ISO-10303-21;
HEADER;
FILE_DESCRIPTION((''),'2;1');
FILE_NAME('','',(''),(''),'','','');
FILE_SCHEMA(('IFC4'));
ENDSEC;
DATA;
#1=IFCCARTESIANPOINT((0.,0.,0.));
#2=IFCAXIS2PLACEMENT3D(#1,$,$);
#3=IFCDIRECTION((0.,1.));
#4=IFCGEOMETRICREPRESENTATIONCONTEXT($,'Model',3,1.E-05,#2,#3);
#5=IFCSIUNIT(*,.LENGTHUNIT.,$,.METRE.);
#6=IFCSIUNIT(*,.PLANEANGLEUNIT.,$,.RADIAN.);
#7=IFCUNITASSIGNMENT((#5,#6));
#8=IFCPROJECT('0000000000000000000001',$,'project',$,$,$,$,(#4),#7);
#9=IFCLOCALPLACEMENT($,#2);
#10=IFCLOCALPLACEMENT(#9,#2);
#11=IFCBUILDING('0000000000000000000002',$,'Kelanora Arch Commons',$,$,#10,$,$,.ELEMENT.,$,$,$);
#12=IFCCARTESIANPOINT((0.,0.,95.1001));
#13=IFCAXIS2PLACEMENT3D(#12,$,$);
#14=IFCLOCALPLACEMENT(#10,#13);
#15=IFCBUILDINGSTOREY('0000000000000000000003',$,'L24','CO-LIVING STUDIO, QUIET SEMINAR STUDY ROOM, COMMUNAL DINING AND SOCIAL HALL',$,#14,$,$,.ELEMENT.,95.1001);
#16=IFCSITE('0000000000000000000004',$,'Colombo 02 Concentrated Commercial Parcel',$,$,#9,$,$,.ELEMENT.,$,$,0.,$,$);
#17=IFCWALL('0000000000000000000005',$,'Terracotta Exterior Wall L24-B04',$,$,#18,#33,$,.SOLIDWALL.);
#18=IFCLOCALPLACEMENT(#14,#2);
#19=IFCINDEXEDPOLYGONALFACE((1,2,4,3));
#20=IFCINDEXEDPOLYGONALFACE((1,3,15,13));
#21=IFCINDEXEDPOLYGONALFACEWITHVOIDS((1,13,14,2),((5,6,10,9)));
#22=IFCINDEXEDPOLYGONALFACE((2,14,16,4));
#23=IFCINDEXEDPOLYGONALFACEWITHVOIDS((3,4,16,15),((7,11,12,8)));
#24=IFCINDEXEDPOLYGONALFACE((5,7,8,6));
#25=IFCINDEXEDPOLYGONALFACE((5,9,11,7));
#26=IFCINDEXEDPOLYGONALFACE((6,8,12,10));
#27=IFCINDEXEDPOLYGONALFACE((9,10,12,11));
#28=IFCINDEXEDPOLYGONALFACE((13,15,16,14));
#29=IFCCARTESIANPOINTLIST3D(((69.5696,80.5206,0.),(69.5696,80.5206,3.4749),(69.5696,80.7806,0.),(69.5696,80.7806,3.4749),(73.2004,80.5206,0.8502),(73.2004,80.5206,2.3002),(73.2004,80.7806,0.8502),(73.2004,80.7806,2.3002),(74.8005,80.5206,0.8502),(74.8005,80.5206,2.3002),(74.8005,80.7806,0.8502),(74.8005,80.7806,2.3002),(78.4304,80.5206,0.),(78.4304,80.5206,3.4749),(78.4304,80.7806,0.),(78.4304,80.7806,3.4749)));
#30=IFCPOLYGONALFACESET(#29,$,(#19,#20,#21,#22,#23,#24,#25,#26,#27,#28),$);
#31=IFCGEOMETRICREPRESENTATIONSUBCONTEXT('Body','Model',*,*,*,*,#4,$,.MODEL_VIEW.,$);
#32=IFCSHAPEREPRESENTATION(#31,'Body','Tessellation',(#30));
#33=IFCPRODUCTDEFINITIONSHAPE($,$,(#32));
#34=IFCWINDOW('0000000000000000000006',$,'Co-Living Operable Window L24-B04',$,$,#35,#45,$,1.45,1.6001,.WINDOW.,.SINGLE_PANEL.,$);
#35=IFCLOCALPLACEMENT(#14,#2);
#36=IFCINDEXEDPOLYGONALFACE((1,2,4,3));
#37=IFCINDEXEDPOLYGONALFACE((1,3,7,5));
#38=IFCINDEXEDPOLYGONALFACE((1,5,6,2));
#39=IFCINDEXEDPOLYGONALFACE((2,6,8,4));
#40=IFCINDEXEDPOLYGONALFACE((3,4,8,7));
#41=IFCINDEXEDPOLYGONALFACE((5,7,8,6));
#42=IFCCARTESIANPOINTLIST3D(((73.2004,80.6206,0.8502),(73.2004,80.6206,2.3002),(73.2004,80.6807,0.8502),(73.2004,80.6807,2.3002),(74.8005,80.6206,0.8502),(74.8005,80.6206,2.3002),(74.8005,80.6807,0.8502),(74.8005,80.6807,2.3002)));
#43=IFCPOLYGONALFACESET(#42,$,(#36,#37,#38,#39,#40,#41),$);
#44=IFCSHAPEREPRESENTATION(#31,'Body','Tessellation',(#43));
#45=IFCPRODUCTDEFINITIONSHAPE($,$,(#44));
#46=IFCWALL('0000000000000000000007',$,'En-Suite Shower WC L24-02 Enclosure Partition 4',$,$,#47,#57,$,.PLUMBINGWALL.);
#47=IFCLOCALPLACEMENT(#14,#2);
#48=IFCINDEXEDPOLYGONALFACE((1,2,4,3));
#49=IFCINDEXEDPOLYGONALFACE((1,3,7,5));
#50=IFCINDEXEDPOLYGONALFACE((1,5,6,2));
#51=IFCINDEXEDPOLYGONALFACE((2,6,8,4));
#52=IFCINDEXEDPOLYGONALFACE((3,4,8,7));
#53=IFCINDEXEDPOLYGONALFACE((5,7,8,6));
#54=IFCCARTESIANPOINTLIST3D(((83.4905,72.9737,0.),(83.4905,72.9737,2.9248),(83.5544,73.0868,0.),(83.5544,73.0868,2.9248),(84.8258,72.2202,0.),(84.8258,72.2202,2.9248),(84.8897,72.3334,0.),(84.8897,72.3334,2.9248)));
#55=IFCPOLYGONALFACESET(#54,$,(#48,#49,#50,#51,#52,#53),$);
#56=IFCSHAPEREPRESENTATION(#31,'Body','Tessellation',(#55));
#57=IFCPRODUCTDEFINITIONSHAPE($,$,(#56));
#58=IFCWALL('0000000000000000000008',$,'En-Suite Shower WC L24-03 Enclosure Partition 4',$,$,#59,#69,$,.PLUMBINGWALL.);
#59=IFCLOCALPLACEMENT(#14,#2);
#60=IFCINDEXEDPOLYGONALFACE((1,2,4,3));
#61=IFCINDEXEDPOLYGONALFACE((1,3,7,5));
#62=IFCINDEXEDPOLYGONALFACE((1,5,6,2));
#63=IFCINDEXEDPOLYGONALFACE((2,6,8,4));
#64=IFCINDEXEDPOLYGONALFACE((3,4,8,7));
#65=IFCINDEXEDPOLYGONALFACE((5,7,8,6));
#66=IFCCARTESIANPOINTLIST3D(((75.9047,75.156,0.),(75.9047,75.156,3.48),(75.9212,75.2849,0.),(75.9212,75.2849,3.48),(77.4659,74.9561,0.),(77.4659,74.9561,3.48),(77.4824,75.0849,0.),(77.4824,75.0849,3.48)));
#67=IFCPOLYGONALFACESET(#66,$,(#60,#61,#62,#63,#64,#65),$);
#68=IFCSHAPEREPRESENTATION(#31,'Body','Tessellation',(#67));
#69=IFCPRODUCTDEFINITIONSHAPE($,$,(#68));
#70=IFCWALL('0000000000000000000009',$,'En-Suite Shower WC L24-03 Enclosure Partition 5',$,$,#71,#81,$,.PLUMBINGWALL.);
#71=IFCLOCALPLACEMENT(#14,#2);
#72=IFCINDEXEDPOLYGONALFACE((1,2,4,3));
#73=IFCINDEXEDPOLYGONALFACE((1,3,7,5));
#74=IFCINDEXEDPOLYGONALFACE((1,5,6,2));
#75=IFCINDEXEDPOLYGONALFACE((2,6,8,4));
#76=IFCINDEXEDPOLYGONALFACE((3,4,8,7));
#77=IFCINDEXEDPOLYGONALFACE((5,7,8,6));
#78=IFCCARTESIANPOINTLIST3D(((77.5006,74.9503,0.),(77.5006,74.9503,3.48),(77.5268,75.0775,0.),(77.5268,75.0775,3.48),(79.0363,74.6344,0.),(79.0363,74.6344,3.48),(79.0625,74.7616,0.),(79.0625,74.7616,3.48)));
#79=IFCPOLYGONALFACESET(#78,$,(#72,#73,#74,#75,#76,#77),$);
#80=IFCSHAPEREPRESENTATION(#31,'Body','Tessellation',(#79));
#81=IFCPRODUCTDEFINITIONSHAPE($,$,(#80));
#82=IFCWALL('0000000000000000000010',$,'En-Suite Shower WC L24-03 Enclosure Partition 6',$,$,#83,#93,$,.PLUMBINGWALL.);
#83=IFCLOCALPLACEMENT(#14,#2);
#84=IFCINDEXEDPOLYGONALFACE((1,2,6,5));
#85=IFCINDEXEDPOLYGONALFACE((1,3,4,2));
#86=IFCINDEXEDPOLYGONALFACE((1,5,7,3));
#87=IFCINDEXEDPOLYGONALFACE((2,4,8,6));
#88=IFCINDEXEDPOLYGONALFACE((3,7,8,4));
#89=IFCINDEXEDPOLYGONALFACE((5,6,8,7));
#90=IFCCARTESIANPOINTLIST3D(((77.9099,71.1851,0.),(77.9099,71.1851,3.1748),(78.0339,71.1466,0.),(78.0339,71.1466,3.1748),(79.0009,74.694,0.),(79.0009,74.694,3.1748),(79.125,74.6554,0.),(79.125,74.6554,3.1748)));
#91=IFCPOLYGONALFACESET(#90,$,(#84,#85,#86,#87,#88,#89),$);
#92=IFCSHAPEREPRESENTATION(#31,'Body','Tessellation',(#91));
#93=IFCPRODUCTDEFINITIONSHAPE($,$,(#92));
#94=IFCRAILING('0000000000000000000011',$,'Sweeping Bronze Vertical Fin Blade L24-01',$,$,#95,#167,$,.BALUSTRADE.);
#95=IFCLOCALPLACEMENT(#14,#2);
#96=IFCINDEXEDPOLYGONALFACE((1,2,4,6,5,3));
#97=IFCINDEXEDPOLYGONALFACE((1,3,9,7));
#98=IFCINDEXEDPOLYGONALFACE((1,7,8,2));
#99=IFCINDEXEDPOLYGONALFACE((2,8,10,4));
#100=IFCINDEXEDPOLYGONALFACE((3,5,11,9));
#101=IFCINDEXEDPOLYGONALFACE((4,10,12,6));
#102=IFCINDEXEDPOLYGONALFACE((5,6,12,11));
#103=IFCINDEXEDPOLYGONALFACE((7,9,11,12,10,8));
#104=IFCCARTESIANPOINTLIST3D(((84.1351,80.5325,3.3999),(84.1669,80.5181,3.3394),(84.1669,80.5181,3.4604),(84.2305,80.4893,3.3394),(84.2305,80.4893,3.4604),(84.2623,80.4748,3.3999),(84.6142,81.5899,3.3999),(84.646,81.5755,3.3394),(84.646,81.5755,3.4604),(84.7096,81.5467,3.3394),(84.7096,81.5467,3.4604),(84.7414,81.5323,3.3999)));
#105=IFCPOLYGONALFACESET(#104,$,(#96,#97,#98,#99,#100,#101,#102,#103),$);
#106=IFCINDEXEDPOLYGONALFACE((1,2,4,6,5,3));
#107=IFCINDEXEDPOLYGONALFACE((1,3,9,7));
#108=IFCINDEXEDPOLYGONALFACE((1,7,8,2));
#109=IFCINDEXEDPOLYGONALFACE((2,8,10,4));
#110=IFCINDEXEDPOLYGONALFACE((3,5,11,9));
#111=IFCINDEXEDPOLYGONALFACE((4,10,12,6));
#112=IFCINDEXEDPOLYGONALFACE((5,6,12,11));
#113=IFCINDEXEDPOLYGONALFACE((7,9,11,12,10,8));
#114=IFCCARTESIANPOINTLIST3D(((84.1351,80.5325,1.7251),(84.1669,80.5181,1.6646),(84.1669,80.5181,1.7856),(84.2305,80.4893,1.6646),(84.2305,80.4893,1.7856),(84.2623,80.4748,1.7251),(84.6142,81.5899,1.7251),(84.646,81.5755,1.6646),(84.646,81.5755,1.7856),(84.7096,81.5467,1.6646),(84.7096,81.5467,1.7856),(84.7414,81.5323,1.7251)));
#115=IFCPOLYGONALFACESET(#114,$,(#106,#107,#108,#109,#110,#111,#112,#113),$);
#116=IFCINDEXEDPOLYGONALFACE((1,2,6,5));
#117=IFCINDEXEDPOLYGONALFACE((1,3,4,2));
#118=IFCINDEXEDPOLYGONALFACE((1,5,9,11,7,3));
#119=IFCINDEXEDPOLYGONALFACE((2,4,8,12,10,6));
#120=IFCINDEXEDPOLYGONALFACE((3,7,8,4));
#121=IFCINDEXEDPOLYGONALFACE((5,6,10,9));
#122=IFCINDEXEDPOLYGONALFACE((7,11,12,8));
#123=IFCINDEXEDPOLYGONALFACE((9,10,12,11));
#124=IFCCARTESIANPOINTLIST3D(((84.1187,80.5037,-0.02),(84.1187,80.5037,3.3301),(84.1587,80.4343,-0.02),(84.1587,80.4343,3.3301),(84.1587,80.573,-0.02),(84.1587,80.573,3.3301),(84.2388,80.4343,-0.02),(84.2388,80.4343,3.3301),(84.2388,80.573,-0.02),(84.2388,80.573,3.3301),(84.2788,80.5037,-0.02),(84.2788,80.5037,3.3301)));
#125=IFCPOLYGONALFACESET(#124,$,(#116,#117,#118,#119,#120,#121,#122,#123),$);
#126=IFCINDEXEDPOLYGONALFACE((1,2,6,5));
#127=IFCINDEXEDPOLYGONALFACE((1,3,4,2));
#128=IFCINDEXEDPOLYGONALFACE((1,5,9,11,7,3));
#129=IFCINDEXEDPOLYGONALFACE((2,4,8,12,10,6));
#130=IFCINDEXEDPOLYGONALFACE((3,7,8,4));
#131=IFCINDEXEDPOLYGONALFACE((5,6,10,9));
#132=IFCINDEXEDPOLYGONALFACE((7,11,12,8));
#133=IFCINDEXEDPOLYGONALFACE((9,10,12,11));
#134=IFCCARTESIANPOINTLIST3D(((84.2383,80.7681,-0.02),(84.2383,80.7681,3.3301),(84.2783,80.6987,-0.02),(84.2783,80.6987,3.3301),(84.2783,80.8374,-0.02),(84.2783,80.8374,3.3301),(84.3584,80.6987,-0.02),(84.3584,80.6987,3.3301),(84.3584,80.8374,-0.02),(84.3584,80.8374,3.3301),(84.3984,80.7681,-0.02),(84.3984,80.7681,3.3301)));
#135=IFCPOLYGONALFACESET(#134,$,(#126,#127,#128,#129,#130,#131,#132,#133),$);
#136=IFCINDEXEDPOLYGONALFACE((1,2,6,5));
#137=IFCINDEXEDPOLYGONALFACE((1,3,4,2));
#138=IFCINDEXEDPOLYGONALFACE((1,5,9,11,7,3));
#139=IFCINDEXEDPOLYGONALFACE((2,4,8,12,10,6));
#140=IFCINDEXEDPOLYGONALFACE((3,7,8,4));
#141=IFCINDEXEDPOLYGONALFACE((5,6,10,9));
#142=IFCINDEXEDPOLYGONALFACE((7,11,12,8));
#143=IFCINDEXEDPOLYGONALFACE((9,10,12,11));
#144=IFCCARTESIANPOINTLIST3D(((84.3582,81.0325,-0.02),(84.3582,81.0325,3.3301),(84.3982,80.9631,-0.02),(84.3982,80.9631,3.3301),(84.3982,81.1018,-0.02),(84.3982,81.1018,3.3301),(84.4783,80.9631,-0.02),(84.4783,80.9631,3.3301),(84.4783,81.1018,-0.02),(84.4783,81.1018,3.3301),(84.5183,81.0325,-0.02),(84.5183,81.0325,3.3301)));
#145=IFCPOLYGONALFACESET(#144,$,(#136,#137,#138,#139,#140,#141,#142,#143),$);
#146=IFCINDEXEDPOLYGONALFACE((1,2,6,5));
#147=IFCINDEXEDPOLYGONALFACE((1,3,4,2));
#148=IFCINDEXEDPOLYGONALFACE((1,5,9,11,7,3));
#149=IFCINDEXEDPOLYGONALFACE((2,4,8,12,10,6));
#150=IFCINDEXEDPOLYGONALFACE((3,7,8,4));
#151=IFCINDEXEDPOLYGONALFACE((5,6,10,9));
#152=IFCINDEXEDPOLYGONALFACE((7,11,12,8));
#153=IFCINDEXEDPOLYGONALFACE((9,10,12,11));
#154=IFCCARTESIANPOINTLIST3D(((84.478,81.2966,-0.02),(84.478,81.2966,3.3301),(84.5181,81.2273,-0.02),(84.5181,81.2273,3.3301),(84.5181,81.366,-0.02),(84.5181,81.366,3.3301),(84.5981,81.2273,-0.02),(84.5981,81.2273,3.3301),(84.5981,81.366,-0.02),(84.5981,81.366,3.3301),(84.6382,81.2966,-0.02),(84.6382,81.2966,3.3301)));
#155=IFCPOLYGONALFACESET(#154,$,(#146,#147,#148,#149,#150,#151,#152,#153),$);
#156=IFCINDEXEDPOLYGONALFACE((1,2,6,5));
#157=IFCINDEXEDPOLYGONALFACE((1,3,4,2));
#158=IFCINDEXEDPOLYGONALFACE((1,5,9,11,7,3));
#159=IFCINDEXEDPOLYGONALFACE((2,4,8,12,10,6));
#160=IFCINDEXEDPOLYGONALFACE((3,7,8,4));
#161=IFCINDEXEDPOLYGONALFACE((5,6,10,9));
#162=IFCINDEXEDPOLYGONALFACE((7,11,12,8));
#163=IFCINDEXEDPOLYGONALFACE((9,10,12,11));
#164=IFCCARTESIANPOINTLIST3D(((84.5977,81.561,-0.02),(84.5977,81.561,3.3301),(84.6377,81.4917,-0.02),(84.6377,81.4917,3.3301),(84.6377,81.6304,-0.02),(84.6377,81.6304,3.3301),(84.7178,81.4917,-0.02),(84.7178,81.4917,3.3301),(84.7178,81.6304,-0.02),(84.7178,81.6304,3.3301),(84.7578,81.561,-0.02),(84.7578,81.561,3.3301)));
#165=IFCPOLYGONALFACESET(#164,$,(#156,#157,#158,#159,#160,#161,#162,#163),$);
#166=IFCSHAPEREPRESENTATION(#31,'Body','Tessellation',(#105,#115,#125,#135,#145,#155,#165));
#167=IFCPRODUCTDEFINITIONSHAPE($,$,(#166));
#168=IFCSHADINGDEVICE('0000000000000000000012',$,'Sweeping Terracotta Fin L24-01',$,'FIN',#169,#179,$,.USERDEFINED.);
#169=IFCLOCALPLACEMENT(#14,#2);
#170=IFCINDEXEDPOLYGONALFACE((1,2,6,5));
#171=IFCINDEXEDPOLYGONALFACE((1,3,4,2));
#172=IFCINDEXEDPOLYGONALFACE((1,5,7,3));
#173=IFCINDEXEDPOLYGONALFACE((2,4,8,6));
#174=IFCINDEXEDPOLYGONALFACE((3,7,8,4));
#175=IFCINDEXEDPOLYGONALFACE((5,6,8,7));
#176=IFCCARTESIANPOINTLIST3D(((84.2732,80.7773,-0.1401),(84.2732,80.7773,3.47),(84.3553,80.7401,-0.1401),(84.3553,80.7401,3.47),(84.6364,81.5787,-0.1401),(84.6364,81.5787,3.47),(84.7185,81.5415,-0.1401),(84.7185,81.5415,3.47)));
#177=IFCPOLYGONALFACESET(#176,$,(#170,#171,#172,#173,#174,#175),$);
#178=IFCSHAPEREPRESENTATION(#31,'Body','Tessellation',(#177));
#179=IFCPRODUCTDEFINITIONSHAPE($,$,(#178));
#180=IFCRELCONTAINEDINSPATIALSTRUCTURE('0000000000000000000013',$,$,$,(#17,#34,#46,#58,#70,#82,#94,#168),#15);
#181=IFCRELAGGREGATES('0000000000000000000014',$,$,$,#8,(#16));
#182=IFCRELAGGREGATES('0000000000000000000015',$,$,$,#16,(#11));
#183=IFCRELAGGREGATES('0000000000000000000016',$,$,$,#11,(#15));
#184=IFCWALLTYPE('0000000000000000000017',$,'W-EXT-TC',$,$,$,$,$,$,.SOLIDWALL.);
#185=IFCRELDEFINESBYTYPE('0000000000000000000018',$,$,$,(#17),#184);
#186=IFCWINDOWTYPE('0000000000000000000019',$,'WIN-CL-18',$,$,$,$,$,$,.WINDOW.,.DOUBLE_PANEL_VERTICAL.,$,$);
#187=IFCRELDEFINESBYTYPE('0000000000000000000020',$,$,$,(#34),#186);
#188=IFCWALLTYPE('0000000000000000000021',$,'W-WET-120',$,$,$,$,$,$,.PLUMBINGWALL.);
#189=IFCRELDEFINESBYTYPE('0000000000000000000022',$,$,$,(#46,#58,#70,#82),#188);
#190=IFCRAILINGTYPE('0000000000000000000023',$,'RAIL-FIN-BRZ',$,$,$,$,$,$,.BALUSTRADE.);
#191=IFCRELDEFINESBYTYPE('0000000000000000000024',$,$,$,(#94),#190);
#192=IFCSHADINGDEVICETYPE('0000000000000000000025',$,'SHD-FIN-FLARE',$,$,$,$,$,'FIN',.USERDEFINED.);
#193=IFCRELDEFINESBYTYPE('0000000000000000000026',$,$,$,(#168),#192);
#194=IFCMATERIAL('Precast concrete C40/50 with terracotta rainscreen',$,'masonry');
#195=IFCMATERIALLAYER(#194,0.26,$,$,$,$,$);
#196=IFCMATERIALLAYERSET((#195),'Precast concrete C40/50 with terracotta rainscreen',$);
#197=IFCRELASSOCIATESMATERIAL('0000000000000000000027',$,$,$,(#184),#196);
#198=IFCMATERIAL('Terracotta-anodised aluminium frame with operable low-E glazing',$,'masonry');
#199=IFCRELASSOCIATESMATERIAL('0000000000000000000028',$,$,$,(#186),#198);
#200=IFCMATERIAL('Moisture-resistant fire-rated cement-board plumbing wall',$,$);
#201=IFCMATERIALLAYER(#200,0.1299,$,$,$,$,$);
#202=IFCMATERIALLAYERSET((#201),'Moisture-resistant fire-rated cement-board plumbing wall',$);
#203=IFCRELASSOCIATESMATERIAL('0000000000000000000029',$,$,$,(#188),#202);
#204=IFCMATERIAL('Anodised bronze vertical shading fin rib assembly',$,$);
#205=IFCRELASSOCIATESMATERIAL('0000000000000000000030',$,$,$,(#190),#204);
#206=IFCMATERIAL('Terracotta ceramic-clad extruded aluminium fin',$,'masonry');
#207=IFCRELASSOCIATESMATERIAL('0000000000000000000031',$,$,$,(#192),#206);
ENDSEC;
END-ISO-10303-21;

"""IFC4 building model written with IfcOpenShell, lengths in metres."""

from ifc_helpers import new_model, si_unit, direction, frame, frame_2d, origin, origin_2d, place, context, subcontext, project, spatial, polyline, rectangle, outline, extrude, source, transform, mapped, material, layer, layer_set, type_object, element, fill, save


model = new_model("IFC4")

# Units and contexts
model_context = context("Model", 3, precision=1e-05, world=origin(), true_north=direction((0.0, 1.0)))
body_context = subcontext(model_context, "Body", "Model", "MODEL_VIEW")
ifc_project = project(units=[si_unit("LENGTHUNIT", "METRE"), si_unit("PLANEANGLEUNIT", "RADIAN")], contexts=[model_context])

# Site, building, storey
site_placement = place(None, origin())
site = spatial("IfcSite", under=ifc_project, at=site_placement, Name="Colombo 02 Concentrated Commercial Parcel", CompositionType="ELEMENT", RefElevation=0.0)
building_placement = place(site_placement, origin())
building = spatial("IfcBuilding", under=site, at=building_placement, Name="Kelanora Arch Commons", CompositionType="ELEMENT")
storey_placement = place(building_placement, frame((0.0, 0.0, 95.1001)))
storey = spatial("IfcBuildingStorey", under=building, at=storey_placement, Name="L24", Description="CO-LIVING STUDIO, QUIET SEMINAR STUDY ROOM, COMMUNAL DINING AND SOCIAL HALL", CompositionType="ELEMENT", Elevation=95.1001)

# Wall, opening, window
ifc_material_1 = material(Name="Precast concrete C40/50 with terracotta rainscreen", Category="masonry")
ifc_layer_1 = layer(ifc_material_1, 0.26)
ifc_layer_set_1 = layer_set([ifc_layer_1], Name="Precast concrete C40/50 with terracotta rainscreen")
wall_type_1 = type_object("IfcWallType", Name="W-EXT-TC", PredefinedType="SOLIDWALL", material=ifc_layer_set_1)
wall_1_placement = place(storey_placement, frame((78.4304, 80.6506, 0.0), z_axis=(0.0, 0.0, 1.0), x_axis=(-1.0, 0.0, 0.0)))
wall_1 = element("IfcWall", 1, at=wall_1_placement, inside=storey, type_object=wall_type_1, Name="Terracotta Exterior Wall L24-B04", PredefinedType="SOLIDWALL", context=body_context, shape_type="SweptSolid", body=[
    extrude(rectangle(XDim=8.8608, YDim=0.26, at=frame_2d((4.4304, 0.0))), origin(), (0.0, 0.0, 1.0), 3.4749),
])
opening_placement = place(wall_1_placement, frame((3.6299, 0.0, 0.8501)))
opening = element("IfcOpeningElement", 2, at=opening_placement, cuts=wall_1, PredefinedType="OPENING", context=body_context, shape_type="SweptSolid", body=[
    extrude(rectangle(XDim=1.6001, YDim=1.45, at=frame_2d((0.8, 0.7251))), frame((0.0, 0.1401, 0.0), z_axis=(0.0, -1.0, 0.0), x_axis=(1.0, 0.0, 0.0)), (0.0, 0.0, 1.0), 0.28),
])
ifc_material_2 = material(Name="Terracotta-anodised aluminium frame with operable low-E glazing", Category="masonry")
window_type = type_object("IfcWindowType", Name="WIN-CL-18", PartitioningType="DOUBLE_PANEL_VERTICAL", PredefinedType="WINDOW", material=ifc_material_2)
window_placement = place(opening_placement, origin())
window = element("IfcWindow", 3, at=window_placement, inside=storey, type_object=window_type, Name="Co-Living Operable Window L24-B04", OverallHeight=1.45, OverallWidth=1.6001, PartitioningType="SINGLE_PANEL", PredefinedType="WINDOW", context=body_context, shape_type="SweptSolid", body=[
    extrude(rectangle(XDim=1.6001, YDim=1.45, at=frame_2d((0.8, 0.7251))), frame((0.0, 0.03, 0.0), z_axis=(0.0, -1.0, 0.0), x_axis=(1.0, 0.0, 0.0)), (0.0, 0.0, 1.0), 0.0601),
])
fill(opening, window)

# Walls
ifc_material_3 = material(Name="Moisture-resistant fire-rated cement-board plumbing wall")
ifc_layer_2 = layer(ifc_material_3, 0.1299)
ifc_layer_set_2 = layer_set([ifc_layer_2], Name="Moisture-resistant fire-rated cement-board plumbing wall")
wall_type_2 = type_object("IfcWallType", Name="W-WET-120", PredefinedType="PLUMBINGWALL", material=ifc_layer_set_2)
wall_2_placement = place(storey_placement, frame((83.5225, 73.0303, 0.0), z_axis=(0.0, 0.0, 1.0), x_axis=(0.870916, -0.491433, 0.0)))
element("IfcWall", 4, at=wall_2_placement, inside=storey, type_object=wall_type_2, Name="En-Suite Shower WC L24-02 Enclosure Partition 4", PredefinedType="PLUMBINGWALL", context=body_context, shape_type="SweptSolid", body=[
    extrude(rectangle(XDim=1.5332, YDim=0.1299, at=frame_2d((0.7666, 0.0))), origin(), (0.0, 0.0, 1.0), 2.9248),
])
wall_3_placement = place(storey_placement, frame((75.9128, 75.2205, 0.0), z_axis=(0.0, 0.0, 1.0), x_axis=(0.991899, -0.127031, 0.0)))
element("IfcWall", 5, at=wall_3_placement, inside=storey, type_object=wall_type_2, Name="En-Suite Shower WC L24-03 Enclosure Partition 4", PredefinedType="PLUMBINGWALL", context=body_context, shape_type="SweptSolid", body=[
    extrude(rectangle(XDim=1.574, YDim=0.1299, at=frame_2d((0.7871, 0.0))), origin(), (0.0, 0.0, 1.0), 3.48),
])
wall_4_placement = place(storey_placement, frame((77.5137, 75.0139, 0.0), z_axis=(0.0, 0.0, 1.0), x_axis=(0.979488, -0.201504, 0.0)))
element("IfcWall", 6, at=wall_4_placement, inside=storey, type_object=wall_type_2, Name="En-Suite Shower WC L24-03 Enclosure Partition 5", PredefinedType="PLUMBINGWALL", context=body_context, shape_type="SweptSolid", body=[
    extrude(rectangle(XDim=1.5679, YDim=0.1299, at=frame_2d((0.7839, 0.0))), origin(), (0.0, 0.0, 1.0), 3.48),
])
wall_5_placement = place(storey_placement, frame((79.063, 74.6748, 0.0), z_axis=(0.0, 0.0, 1.0), x_axis=(-0.296928, -0.9549, 0.0)))
element("IfcWall", 7, at=wall_5_placement, inside=storey, type_object=wall_type_2, Name="En-Suite Shower WC L24-03 Enclosure Partition 6", PredefinedType="PLUMBINGWALL", context=body_context, shape_type="SweptSolid", body=[
    extrude(rectangle(XDim=3.6746, YDim=0.1299, at=frame_2d((1.8374, 0.0))), origin(), (0.0, 0.0, 1.0), 3.1748),
])

# Railing
ifc_material_4 = material(Name="Anodised bronze vertical shading fin rib assembly")
railing_type = type_object("IfcRailingType", Name="RAIL-FIN-BRZ", PredefinedType="BALUSTRADE", material=ifc_material_4)
railing_placement = place(storey_placement, frame((84.1987, 80.5037, -0.02)))
element("IfcRailing", 8, at=railing_placement, inside=storey, type_object=railing_type, Name="Sweeping Bronze Vertical Fin Blade L24-01", PredefinedType="BALUSTRADE", context=body_context, shape_type="SweptSolid", body=[
    extrude(outline(polyline([(0.0698, 0.0), (0.0349, 0.0605), (-0.0349, 0.0605), (-0.0698, 0.0), (-0.0349, -0.0605), (0.0349, -0.0605), (0.0698, 0.0)])), frame((0.0, 0.0, 3.4199), z_axis=(0.412646, 0.910892, 0.0), x_axis=(-0.910892, 0.412646, 0.0)), (0.0, 0.0, 1.0), 1.1609),
    extrude(outline(polyline([(0.0698, 0.0), (0.0349, 0.0605), (-0.0349, 0.0605), (-0.0698, 0.0), (-0.0349, -0.0605), (0.0349, -0.0605), (0.0698, 0.0)])), frame((0.0, 0.0, 1.7451), z_axis=(0.412646, 0.910892, 0.0), x_axis=(-0.910892, 0.412646, 0.0)), (0.0, 0.0, 1.0), 1.1609),
    extrude(outline(polyline([(0.0801, 0.0), (0.04, 0.0693), (-0.04, 0.0693), (-0.0801, 0.0), (-0.04, -0.0693), (0.04, -0.0693), (0.0801, 0.0)])), origin(), (0.0, 0.0, 1.0), 3.3501),
    extrude(outline(polyline([(0.0801, 0.0), (0.04, 0.0693), (-0.04, 0.0693), (-0.0801, 0.0), (-0.04, -0.0693), (0.04, -0.0693), (0.0801, 0.0)])), frame((0.1196, 0.2644, 0.0)), (0.0, 0.0, 1.0), 3.3501),
    extrude(outline(polyline([(0.0801, 0.0), (0.04, 0.0693), (-0.04, 0.0693), (-0.0801, 0.0), (-0.04, -0.0693), (0.04, -0.0693), (0.0801, 0.0)])), frame((0.2395, 0.5288, 0.0)), (0.0, 0.0, 1.0), 3.3501),
    extrude(outline(polyline([(0.0801, 0.0), (0.04, 0.0693), (-0.04, 0.0693), (-0.0801, 0.0), (-0.04, -0.0693), (0.04, -0.0693), (0.0801, 0.0)])), frame((0.3594, 0.793, 0.0)), (0.0, 0.0, 1.0), 3.3501),
    extrude(outline(polyline([(0.0801, 0.0), (0.04, 0.0693), (-0.04, 0.0693), (-0.0801, 0.0), (-0.04, -0.0693), (0.04, -0.0693), (0.0801, 0.0)])), frame((0.479, 1.0574, 0.0)), (0.0, 0.0, 1.0), 3.3501),
])

# Shading device
ifc_material_5 = material(Name="Terracotta ceramic-clad extruded aluminium fin", Category="masonry")
shading_device_type = type_object("IfcShadingDeviceType", Name="SHD-FIN-FLARE", ElementType="FIN", PredefinedType="USERDEFINED", material=ifc_material_5)
shared_shape_1 = source(origin(), body_context, "Body", "SweptSolid", [
    extrude(rectangle(XDim=0.8799, YDim=0.0901, at=origin_2d()), origin(), (0.0, 0.0, 1.0), 3.6101),
])
shading_device_placement = place(storey_placement, frame((84.4958, 81.1594, -0.1401), z_axis=(0.0, 0.0, 1.0), x_axis=(0.412787, 0.910828, 0.0)))
element("IfcShadingDevice", 9, at=shading_device_placement, inside=storey, type_object=shading_device_type, Name="Sweeping Terracotta Fin L24-01", ObjectType="FIN", PredefinedType="USERDEFINED", context=body_context, shape_type="MappedRepresentation", body=[
    mapped(shared_shape_1, transform((0.0, 0.0, 0.0), scale=1.0)),
])

save(model, "model.ifc")
